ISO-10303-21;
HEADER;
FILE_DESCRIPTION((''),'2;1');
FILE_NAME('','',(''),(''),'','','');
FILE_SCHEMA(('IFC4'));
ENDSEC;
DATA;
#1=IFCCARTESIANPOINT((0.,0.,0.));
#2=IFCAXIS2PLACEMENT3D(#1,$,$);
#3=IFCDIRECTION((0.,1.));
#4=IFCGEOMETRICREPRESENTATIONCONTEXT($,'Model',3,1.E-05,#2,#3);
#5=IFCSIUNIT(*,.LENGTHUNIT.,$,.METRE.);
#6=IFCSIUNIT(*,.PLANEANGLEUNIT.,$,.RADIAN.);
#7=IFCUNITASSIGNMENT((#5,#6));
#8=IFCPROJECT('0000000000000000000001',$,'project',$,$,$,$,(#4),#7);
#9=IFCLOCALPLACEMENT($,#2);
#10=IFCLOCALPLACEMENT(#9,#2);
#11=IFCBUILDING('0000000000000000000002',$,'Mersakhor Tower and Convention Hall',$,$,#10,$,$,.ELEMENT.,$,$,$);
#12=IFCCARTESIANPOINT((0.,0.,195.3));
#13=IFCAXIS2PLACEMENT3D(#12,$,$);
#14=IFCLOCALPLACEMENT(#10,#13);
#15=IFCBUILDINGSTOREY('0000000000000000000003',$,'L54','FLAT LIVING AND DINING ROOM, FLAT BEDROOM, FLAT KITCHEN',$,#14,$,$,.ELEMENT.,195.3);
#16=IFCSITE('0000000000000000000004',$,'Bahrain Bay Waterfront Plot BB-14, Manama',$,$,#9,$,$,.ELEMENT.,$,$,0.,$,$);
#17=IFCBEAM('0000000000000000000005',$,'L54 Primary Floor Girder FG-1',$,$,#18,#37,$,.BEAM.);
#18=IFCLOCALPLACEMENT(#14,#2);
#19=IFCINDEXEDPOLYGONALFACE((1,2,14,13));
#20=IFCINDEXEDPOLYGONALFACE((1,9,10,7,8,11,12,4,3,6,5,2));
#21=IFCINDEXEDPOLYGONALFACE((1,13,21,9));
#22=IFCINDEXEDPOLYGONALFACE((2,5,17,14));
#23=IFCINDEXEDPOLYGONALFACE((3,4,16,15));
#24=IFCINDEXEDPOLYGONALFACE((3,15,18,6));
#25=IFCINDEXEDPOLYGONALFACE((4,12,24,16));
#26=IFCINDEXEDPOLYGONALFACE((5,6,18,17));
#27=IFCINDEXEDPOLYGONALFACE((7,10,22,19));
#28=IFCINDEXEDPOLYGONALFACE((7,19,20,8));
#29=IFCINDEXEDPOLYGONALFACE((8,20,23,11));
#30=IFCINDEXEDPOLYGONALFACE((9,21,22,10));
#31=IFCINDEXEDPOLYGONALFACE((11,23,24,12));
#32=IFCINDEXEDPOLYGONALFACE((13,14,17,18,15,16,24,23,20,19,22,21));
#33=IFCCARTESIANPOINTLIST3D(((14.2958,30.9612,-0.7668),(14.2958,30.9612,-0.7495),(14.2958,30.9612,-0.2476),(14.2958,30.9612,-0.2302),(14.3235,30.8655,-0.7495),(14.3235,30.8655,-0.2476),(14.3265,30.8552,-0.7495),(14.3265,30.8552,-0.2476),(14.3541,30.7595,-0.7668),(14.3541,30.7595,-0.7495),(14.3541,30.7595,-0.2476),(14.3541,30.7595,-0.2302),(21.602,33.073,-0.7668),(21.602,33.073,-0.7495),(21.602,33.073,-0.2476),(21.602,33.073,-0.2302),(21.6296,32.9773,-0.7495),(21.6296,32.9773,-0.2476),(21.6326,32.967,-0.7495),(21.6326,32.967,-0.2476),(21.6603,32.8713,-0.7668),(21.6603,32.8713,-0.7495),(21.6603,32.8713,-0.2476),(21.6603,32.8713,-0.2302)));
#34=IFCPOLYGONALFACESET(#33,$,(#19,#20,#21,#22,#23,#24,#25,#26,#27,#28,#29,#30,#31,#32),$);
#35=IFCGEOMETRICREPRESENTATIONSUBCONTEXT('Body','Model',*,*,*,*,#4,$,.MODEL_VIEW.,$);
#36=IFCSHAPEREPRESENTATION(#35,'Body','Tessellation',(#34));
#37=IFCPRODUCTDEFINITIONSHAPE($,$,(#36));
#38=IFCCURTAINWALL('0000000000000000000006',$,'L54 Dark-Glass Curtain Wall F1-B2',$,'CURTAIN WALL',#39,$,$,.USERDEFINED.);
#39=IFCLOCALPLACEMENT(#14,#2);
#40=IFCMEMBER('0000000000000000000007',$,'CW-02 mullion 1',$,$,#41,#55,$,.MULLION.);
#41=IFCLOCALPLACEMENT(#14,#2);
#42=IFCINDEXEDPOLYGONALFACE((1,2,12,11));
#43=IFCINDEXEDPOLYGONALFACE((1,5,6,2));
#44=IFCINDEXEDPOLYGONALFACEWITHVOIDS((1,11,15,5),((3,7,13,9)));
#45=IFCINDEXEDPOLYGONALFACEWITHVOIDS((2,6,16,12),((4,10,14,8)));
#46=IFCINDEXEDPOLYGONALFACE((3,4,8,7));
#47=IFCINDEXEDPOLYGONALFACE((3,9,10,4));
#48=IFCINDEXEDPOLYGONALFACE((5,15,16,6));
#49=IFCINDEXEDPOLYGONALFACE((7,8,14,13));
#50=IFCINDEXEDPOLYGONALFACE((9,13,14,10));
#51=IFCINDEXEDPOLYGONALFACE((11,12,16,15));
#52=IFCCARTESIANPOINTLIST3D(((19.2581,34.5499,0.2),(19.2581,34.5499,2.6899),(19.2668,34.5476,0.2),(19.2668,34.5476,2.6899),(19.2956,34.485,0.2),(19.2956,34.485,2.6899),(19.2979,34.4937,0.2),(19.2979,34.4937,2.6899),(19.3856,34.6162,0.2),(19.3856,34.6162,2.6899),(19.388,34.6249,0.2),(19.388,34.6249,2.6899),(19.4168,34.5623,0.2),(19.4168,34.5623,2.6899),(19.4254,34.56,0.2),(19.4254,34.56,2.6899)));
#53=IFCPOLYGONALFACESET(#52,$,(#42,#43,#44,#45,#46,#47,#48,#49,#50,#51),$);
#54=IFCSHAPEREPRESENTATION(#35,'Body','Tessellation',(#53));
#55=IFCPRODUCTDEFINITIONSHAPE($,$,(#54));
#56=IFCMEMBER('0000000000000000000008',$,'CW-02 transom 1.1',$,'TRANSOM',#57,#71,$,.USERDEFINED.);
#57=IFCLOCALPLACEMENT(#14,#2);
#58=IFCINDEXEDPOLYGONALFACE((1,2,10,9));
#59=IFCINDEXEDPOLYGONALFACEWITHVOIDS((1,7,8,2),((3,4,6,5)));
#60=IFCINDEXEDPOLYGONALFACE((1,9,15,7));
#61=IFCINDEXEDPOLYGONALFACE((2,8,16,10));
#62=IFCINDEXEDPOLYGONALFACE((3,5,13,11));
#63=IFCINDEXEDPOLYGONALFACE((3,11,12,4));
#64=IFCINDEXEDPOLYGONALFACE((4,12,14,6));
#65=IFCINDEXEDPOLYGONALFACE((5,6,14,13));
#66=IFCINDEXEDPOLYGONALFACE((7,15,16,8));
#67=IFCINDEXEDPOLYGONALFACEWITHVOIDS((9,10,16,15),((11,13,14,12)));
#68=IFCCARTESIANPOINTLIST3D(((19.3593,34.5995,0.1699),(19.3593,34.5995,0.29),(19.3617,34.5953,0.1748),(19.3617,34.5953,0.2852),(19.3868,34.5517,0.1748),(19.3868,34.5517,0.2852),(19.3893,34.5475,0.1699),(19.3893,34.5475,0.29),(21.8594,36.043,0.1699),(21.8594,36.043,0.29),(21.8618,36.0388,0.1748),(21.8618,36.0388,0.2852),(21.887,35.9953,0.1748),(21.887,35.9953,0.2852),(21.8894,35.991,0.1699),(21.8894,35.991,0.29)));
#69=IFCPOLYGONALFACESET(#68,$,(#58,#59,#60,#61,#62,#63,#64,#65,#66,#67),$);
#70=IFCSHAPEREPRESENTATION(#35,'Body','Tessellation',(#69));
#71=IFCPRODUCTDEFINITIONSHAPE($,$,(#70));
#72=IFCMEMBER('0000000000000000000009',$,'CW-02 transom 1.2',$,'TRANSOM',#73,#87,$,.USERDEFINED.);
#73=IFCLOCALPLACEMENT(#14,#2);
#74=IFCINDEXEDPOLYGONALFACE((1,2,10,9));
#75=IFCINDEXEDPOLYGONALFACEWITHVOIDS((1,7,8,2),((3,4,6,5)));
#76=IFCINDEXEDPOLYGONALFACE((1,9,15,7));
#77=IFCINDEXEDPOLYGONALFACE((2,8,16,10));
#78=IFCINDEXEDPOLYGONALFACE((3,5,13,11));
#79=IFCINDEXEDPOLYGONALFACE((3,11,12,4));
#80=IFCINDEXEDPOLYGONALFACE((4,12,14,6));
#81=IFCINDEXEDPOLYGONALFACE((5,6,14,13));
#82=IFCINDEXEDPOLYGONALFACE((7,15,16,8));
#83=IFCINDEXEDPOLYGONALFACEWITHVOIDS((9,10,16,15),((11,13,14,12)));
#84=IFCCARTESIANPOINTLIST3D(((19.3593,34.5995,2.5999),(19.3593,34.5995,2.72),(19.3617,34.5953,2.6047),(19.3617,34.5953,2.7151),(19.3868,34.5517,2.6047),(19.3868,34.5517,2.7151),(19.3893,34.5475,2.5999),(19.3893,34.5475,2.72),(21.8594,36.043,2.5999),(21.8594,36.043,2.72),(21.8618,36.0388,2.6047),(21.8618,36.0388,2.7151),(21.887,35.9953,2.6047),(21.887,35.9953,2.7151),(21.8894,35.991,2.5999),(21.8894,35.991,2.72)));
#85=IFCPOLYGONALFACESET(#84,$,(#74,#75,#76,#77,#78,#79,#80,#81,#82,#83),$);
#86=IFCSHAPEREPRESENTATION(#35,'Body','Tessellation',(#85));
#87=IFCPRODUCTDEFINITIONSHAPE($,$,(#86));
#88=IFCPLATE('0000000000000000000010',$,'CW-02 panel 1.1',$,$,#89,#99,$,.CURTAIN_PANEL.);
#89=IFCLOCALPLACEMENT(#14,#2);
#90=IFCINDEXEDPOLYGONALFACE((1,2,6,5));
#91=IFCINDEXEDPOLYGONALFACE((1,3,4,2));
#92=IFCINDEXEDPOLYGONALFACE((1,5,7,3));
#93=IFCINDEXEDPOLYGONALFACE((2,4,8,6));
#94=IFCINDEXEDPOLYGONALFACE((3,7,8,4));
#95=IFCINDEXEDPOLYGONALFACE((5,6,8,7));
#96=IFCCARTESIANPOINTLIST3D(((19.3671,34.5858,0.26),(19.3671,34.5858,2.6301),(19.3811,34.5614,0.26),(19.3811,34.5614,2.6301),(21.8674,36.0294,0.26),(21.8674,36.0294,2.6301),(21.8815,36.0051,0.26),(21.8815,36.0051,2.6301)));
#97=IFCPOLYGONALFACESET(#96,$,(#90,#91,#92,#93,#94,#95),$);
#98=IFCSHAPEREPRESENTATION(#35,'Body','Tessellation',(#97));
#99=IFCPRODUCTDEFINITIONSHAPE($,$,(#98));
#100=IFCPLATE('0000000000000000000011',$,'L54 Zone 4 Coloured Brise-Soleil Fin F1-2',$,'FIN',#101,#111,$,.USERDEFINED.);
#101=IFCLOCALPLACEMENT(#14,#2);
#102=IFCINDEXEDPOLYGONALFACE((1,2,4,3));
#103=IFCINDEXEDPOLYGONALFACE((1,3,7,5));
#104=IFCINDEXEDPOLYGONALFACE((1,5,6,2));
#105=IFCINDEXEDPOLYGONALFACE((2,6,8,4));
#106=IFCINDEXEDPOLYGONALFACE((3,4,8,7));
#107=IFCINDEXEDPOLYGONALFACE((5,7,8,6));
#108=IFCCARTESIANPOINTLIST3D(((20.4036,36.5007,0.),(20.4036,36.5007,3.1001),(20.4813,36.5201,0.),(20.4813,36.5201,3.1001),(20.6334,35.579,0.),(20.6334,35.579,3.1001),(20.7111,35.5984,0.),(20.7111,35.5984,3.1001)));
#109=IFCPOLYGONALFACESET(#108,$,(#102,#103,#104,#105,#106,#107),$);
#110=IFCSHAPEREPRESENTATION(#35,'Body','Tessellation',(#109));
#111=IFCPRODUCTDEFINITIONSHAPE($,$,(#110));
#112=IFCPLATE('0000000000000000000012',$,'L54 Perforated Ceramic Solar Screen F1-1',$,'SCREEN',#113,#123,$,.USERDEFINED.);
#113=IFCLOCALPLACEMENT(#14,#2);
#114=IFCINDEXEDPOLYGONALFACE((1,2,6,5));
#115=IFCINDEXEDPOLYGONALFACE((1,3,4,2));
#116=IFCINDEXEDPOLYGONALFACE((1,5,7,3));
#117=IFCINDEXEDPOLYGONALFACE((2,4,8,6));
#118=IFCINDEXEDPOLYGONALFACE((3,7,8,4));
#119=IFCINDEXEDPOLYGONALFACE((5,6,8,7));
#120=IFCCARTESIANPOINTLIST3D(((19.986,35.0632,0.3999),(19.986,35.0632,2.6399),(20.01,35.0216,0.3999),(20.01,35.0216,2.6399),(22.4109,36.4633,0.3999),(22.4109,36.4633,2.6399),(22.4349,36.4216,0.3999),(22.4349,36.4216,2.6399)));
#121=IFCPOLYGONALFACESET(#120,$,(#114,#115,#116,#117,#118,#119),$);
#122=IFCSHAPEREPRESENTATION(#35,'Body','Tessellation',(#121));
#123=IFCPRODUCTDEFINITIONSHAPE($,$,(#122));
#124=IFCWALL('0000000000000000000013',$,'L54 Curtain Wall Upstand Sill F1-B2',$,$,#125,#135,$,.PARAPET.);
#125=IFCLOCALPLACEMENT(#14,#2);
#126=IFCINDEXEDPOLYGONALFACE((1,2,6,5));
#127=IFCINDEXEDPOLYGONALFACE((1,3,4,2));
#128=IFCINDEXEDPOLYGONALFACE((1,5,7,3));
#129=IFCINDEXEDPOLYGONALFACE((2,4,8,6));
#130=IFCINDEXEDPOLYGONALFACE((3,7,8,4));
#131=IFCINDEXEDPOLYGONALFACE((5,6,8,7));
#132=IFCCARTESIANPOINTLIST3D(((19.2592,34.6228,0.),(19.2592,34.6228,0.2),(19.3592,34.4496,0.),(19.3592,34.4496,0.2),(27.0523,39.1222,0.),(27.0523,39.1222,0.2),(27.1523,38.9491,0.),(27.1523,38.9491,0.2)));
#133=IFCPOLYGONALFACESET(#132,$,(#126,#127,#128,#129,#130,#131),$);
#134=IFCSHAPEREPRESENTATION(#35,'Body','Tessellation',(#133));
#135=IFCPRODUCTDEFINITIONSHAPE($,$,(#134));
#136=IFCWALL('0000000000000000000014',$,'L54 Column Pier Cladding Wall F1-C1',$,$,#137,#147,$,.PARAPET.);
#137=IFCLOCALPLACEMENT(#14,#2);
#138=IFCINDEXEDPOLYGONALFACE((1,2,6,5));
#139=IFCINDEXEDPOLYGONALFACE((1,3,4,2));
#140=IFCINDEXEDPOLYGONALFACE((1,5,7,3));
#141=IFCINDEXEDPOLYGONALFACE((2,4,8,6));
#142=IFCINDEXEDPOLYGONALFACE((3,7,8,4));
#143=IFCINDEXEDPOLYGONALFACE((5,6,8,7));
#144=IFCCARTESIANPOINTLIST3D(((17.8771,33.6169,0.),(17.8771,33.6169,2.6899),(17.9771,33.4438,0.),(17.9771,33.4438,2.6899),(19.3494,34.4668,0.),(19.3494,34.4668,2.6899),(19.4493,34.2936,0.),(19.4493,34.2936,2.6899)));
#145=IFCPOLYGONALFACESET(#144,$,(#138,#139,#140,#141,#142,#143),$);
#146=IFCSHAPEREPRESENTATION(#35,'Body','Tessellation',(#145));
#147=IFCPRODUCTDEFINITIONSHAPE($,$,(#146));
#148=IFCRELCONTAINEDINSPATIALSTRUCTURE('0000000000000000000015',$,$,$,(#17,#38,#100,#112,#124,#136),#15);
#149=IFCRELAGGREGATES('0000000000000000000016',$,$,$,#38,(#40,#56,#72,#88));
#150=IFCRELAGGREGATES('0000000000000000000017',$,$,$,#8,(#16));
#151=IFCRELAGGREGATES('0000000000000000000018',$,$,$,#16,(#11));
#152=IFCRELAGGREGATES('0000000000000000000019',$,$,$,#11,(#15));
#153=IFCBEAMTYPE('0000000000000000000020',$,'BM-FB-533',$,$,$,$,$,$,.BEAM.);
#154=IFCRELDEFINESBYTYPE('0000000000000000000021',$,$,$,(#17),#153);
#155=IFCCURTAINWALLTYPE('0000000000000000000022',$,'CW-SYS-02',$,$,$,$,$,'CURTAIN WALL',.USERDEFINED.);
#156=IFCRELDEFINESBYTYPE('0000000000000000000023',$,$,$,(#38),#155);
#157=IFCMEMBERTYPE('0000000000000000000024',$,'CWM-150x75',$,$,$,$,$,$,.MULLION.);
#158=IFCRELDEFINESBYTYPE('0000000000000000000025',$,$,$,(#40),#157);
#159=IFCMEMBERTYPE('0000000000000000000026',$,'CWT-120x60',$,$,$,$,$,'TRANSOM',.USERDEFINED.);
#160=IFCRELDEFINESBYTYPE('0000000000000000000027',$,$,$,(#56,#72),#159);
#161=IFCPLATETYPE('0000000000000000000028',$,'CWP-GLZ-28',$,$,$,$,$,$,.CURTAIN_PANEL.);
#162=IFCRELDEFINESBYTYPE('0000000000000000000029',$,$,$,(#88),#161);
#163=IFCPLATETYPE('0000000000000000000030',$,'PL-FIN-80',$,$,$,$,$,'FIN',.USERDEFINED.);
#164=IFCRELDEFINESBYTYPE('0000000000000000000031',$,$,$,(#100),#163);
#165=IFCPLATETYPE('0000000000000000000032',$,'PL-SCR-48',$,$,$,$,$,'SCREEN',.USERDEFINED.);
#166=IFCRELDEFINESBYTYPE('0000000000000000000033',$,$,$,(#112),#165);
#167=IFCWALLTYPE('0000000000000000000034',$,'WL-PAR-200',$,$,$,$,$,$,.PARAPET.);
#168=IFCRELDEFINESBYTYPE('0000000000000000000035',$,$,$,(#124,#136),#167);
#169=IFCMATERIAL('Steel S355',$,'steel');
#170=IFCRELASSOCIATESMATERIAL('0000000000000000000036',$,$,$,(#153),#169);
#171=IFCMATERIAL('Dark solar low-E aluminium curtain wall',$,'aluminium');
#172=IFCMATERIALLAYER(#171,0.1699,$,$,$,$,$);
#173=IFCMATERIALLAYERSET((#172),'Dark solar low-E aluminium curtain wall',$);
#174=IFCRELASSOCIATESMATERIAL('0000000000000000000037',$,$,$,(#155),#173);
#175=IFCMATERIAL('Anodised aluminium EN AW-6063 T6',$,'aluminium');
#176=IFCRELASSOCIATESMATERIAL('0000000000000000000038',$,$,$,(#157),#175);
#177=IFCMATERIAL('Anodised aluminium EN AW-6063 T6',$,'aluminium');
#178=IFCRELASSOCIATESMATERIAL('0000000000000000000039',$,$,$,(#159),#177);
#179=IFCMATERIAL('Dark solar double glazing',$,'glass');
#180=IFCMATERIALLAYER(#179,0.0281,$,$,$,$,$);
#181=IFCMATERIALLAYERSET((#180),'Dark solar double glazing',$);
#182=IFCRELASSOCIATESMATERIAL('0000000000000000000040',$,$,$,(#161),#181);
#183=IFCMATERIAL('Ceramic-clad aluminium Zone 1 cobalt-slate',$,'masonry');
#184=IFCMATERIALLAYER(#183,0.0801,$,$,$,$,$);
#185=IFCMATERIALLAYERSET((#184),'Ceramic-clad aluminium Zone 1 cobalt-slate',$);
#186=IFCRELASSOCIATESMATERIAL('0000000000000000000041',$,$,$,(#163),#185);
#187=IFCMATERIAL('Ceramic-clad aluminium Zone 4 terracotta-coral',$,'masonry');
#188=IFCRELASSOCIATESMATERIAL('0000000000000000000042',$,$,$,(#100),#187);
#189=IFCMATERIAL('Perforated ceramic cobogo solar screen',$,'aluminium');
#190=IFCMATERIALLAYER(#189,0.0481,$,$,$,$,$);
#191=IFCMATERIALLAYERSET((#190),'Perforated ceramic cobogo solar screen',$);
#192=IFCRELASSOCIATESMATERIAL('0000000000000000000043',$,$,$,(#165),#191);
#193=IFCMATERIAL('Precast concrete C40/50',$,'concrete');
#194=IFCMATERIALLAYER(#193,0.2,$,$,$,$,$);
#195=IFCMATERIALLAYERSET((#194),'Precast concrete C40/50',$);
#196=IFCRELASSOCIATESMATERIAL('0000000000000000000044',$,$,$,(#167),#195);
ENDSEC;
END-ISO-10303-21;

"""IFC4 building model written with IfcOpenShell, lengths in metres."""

from ifc_helpers import new_model, si_unit, direction, frame, frame_2d, origin, origin_2d, place, context, subcontext, project, spatial, rectangle, hollow_rectangle, i_section, extrude, material, layer, layer_set, material_profile, profile_set, type_object, element, aggregate, save


model = new_model("IFC4")

# Units and contexts
model_context = context("Model", 3, precision=1e-05, world=origin(), true_north=direction((0.0, 1.0)))
body_context = subcontext(model_context, "Body", "Model", "MODEL_VIEW")
ifc_project = project(units=[si_unit("LENGTHUNIT", "METRE"), si_unit("PLANEANGLEUNIT", "RADIAN")], contexts=[model_context])

# Site, building, storey
site_placement = place(None, origin())
site = spatial("IfcSite", under=ifc_project, at=site_placement, Name="Bahrain Bay Waterfront Plot BB-14, Manama", CompositionType="ELEMENT", RefElevation=0.0)
building_placement = place(site_placement, origin())
building = spatial("IfcBuilding", under=site, at=building_placement, Name="Mersakhor Tower and Convention Hall", CompositionType="ELEMENT")
storey_placement = place(building_placement, frame((0.0, 0.0, 195.3)))
storey = spatial("IfcBuildingStorey", under=building, at=storey_placement, Name="L54", Description="FLAT LIVING AND DINING ROOM, FLAT BEDROOM, FLAT KITCHEN", CompositionType="ELEMENT", Elevation=195.3)

# Beam
ifc_material_1 = material(Name="Steel S355", Category="steel")
ifc_material_profile_1 = material_profile(ifc_material_1, i_section(OverallWidth=0.21, OverallDepth=0.5366, WebThickness=0.0107, FlangeThickness=0.0173, at=origin_2d()), Name="UB 533x210x101")
ifc_profile_set_1 = profile_set([ifc_material_profile_1], Name="Steel S355")
beam_type = type_object("IfcBeamType", Name="BM-FB-533", PredefinedType="BEAM", material=ifc_profile_set_1)
beam_placement = place(storey_placement, frame((21.6311, 32.9722, -0.4985), z_axis=(-0.960674, -0.277679, 0.0), x_axis=(0.277679, -0.960674, 0.0)))
element("IfcBeam", 1, at=beam_placement, inside=storey, type_object=beam_type, Name="L54 Primary Floor Girder FG-1", PredefinedType="BEAM", context=body_context, shape_type="SweptSolid", body=[
    extrude(i_section(OverallWidth=0.21, OverallDepth=0.5366, WebThickness=0.0107, FlangeThickness=0.0173, at=origin_2d()), origin(), (0.0, 0.0, 1.0), 7.6052),
])

# Curtain wall, members, plate
ifc_material_2 = material(Name="Dark solar low-E aluminium curtain wall", Category="aluminium")
ifc_layer_1 = layer(ifc_material_2, 0.1699)
ifc_layer_set_1 = layer_set([ifc_layer_1], Name="Dark solar low-E aluminium curtain wall")
curtain_wall_type = type_object("IfcCurtainWallType", Name="CW-SYS-02", ElementType="CURTAIN WALL", PredefinedType="USERDEFINED", material=ifc_layer_set_1)
curtain_wall_placement = place(storey_placement, origin())
curtain_wall = element("IfcCurtainWall", 2, at=curtain_wall_placement, inside=storey, type_object=curtain_wall_type, Name="L54 Dark-Glass Curtain Wall F1-B2", ObjectType="CURTAIN WALL", PredefinedType="USERDEFINED")
ifc_material_3 = material(Name="Anodised aluminium EN AW-6063 T6", Category="aluminium")
ifc_material_profile_2 = material_profile(ifc_material_3, hollow_rectangle(XDim=0.075, YDim=0.1499, WallThickness=0.0063, at=origin_2d()), Name="RHS 150x75x6.3")
ifc_profile_set_2 = profile_set([ifc_material_profile_2], Name="Anodised aluminium EN AW-6063 T6")
member_type_1 = type_object("IfcMemberType", Name="CWM-150x75", PredefinedType="MULLION", material=ifc_profile_set_2)
member_1_placement = place(storey_placement, frame((19.3418, 34.5549, 0.2), z_axis=(0.0, 0.0, 1.0), x_axis=(-0.500008, 0.866021, 0.0)))
member_1 = element("IfcMember", 3, at=member_1_placement, type_object=member_type_1, Name="CW-02 mullion 1", PredefinedType="MULLION", context=body_context, shape_type="SweptSolid", body=[
    extrude(hollow_rectangle(XDim=0.075, YDim=0.1499, WallThickness=0.0063, at=origin_2d()), origin(), (0.0, 0.0, 1.0), 2.49),
])
ifc_material_4 = material(Name="Anodised aluminium EN AW-6063 T6", Category="aluminium")
ifc_material_profile_3 = material_profile(ifc_material_4, hollow_rectangle(XDim=0.0601, YDim=0.1201, WallThickness=0.0049, at=origin_2d()), Name="RHS 120x60x5")
ifc_profile_set_3 = profile_set([ifc_material_profile_3], Name="Anodised aluminium EN AW-6063 T6")
member_type_2 = type_object("IfcMemberType", Name="CWT-120x60", ElementType="TRANSOM", PredefinedType="USERDEFINED", material=ifc_profile_set_3)
member_2_placement = place(storey_placement, frame((19.3743, 34.5735, 0.23), z_axis=(0.866012, 0.500023, 0.0), x_axis=(-0.500023, 0.866012, 0.0)))
member_2 = element("IfcMember", 4, at=member_2_placement, type_object=member_type_2, Name="CW-02 transom 1.1", ObjectType="TRANSOM", PredefinedType="USERDEFINED", context=body_context, shape_type="SweptSolid", body=[
    extrude(hollow_rectangle(XDim=0.0601, YDim=0.1201, WallThickness=0.0049, at=origin_2d()), origin(), (0.0, 0.0, 1.0), 2.887),
])
member_3_placement = place(storey_placement, frame((19.3743, 34.5735, 2.6599), z_axis=(0.866012, 0.500023, 0.0), x_axis=(-0.500023, 0.866012, 0.0)))
member_3 = element("IfcMember", 5, at=member_3_placement, type_object=member_type_2, Name="CW-02 transom 1.2", ObjectType="TRANSOM", PredefinedType="USERDEFINED", context=body_context, shape_type="SweptSolid", body=[
    extrude(hollow_rectangle(XDim=0.0601, YDim=0.1201, WallThickness=0.0049, at=origin_2d()), origin(), (0.0, 0.0, 1.0), 2.887),
])
ifc_material_5 = material(Name="Dark solar double glazing", Category="glass")
ifc_layer_2 = layer(ifc_material_5, 0.0281)
ifc_layer_set_2 = layer_set([ifc_layer_2], Name="Dark solar double glazing")
plate_type_1 = type_object("IfcPlateType", Name="CWP-GLZ-28", PredefinedType="CURTAIN_PANEL", material=ifc_layer_set_2)
plate_1_placement = place(storey_placement, frame((20.6243, 35.2954, 0.26), z_axis=(0.0, 0.0, 1.0), x_axis=(0.866021, 0.500008, 0.0)))
plate_1 = element("IfcPlate", 6, at=plate_1_placement, type_object=plate_type_1, Name="CW-02 panel 1.1", PredefinedType="CURTAIN_PANEL", context=body_context, shape_type="SweptSolid", body=[
    extrude(rectangle(XDim=2.8872, YDim=0.0281, at=origin_2d()), origin(), (0.0, 0.0, 1.0), 2.3701),
])
aggregate(curtain_wall, [member_1, member_2, member_3, plate_1])

# Plates
ifc_material_6 = material(Name="Ceramic-clad aluminium Zone 4 terracotta-coral", Category="masonry")
ifc_material_7 = material(Name="Ceramic-clad aluminium Zone 1 cobalt-slate", Category="masonry")
ifc_layer_3 = layer(ifc_material_7, 0.0801)
ifc_layer_set_3 = layer_set([ifc_layer_3], Name="Ceramic-clad aluminium Zone 1 cobalt-slate")
plate_type_2 = type_object("IfcPlateType", Name="PL-FIN-80", ElementType="FIN", PredefinedType="USERDEFINED", material=ifc_layer_set_3)
plate_2_placement = place(storey_placement, frame((20.5574, 36.0496, 0.0), z_axis=(0.0, 0.0, 1.0), x_axis=(-0.241922, 0.970296, 0.0)))
element("IfcPlate", 7, at=plate_2_placement, inside=storey, type_object=plate_type_2, material=ifc_material_6, Name="L54 Zone 4 Coloured Brise-Soleil Fin F1-2", ObjectType="FIN", PredefinedType="USERDEFINED", context=body_context, shape_type="SweptSolid", body=[
    extrude(rectangle(XDim=0.95, YDim=0.0801, at=origin_2d()), origin(), (0.0, 0.0, 1.0), 3.1001),
])
ifc_material_8 = material(Name="Perforated ceramic cobogo solar screen", Category="aluminium")
ifc_layer_4 = layer(ifc_material_8, 0.0481)
ifc_layer_set_4 = layer_set([ifc_layer_4], Name="Perforated ceramic cobogo solar screen")
plate_type_3 = type_object("IfcPlateType", Name="PL-SCR-48", ElementType="SCREEN", PredefinedType="USERDEFINED", material=ifc_layer_set_4)
plate_3_placement = place(storey_placement, frame((21.2104, 35.7424, 0.3999), z_axis=(0.0, 0.0, 1.0), x_axis=(0.866025, 0.5, 0.0)))
element("IfcPlate", 8, at=plate_3_placement, inside=storey, type_object=plate_type_3, Name="L54 Perforated Ceramic Solar Screen F1-1", ObjectType="SCREEN", PredefinedType="USERDEFINED", context=body_context, shape_type="SweptSolid", body=[
    extrude(rectangle(XDim=2.8, YDim=0.0481, at=origin_2d()), origin(), (0.0, 0.0, 1.0), 2.24),
])

# Walls
ifc_material_9 = material(Name="Precast concrete C40/50", Category="concrete")
ifc_layer_5 = layer(ifc_material_9, 0.2)
ifc_layer_set_5 = layer_set([ifc_layer_5], Name="Precast concrete C40/50")
wall_type_1 = type_object("IfcWallType", Name="WL-PAR-200", PredefinedType="PARAPET", material=ifc_layer_set_5)
wall_1_placement = place(storey_placement, frame((19.3091, 34.5361, 0.0), z_axis=(0.0, 0.0, 1.0), x_axis=(0.866021, 0.500008, 0.0)))
element("IfcWall", 9, at=wall_1_placement, inside=storey, type_object=wall_type_1, Name="L54 Curtain Wall Upstand Sill F1-B2", PredefinedType="PARAPET", context=body_context, shape_type="SweptSolid", body=[
    extrude(rectangle(XDim=8.9988, YDim=0.2, at=frame_2d((4.4995, 0.0))), origin(), (0.0, 0.0, 1.0), 0.2),
])
wall_2_placement = place(storey_placement, frame((17.927, 33.5303, 0.0), z_axis=(0.0, 0.0, 1.0), x_axis=(0.866052, 0.499955, 0.0)))
element("IfcWall", 10, at=wall_2_placement, inside=storey, type_object=wall_type_1, Name="L54 Column Pier Cladding Wall F1-C1", PredefinedType="PARAPET", context=body_context, shape_type="SweptSolid", body=[
    extrude(rectangle(XDim=1.7, YDim=0.2, at=frame_2d((0.8501, 0.0))), origin(), (0.0, 0.0, 1.0), 2.6899),
])

save(model, "model.ifc")
